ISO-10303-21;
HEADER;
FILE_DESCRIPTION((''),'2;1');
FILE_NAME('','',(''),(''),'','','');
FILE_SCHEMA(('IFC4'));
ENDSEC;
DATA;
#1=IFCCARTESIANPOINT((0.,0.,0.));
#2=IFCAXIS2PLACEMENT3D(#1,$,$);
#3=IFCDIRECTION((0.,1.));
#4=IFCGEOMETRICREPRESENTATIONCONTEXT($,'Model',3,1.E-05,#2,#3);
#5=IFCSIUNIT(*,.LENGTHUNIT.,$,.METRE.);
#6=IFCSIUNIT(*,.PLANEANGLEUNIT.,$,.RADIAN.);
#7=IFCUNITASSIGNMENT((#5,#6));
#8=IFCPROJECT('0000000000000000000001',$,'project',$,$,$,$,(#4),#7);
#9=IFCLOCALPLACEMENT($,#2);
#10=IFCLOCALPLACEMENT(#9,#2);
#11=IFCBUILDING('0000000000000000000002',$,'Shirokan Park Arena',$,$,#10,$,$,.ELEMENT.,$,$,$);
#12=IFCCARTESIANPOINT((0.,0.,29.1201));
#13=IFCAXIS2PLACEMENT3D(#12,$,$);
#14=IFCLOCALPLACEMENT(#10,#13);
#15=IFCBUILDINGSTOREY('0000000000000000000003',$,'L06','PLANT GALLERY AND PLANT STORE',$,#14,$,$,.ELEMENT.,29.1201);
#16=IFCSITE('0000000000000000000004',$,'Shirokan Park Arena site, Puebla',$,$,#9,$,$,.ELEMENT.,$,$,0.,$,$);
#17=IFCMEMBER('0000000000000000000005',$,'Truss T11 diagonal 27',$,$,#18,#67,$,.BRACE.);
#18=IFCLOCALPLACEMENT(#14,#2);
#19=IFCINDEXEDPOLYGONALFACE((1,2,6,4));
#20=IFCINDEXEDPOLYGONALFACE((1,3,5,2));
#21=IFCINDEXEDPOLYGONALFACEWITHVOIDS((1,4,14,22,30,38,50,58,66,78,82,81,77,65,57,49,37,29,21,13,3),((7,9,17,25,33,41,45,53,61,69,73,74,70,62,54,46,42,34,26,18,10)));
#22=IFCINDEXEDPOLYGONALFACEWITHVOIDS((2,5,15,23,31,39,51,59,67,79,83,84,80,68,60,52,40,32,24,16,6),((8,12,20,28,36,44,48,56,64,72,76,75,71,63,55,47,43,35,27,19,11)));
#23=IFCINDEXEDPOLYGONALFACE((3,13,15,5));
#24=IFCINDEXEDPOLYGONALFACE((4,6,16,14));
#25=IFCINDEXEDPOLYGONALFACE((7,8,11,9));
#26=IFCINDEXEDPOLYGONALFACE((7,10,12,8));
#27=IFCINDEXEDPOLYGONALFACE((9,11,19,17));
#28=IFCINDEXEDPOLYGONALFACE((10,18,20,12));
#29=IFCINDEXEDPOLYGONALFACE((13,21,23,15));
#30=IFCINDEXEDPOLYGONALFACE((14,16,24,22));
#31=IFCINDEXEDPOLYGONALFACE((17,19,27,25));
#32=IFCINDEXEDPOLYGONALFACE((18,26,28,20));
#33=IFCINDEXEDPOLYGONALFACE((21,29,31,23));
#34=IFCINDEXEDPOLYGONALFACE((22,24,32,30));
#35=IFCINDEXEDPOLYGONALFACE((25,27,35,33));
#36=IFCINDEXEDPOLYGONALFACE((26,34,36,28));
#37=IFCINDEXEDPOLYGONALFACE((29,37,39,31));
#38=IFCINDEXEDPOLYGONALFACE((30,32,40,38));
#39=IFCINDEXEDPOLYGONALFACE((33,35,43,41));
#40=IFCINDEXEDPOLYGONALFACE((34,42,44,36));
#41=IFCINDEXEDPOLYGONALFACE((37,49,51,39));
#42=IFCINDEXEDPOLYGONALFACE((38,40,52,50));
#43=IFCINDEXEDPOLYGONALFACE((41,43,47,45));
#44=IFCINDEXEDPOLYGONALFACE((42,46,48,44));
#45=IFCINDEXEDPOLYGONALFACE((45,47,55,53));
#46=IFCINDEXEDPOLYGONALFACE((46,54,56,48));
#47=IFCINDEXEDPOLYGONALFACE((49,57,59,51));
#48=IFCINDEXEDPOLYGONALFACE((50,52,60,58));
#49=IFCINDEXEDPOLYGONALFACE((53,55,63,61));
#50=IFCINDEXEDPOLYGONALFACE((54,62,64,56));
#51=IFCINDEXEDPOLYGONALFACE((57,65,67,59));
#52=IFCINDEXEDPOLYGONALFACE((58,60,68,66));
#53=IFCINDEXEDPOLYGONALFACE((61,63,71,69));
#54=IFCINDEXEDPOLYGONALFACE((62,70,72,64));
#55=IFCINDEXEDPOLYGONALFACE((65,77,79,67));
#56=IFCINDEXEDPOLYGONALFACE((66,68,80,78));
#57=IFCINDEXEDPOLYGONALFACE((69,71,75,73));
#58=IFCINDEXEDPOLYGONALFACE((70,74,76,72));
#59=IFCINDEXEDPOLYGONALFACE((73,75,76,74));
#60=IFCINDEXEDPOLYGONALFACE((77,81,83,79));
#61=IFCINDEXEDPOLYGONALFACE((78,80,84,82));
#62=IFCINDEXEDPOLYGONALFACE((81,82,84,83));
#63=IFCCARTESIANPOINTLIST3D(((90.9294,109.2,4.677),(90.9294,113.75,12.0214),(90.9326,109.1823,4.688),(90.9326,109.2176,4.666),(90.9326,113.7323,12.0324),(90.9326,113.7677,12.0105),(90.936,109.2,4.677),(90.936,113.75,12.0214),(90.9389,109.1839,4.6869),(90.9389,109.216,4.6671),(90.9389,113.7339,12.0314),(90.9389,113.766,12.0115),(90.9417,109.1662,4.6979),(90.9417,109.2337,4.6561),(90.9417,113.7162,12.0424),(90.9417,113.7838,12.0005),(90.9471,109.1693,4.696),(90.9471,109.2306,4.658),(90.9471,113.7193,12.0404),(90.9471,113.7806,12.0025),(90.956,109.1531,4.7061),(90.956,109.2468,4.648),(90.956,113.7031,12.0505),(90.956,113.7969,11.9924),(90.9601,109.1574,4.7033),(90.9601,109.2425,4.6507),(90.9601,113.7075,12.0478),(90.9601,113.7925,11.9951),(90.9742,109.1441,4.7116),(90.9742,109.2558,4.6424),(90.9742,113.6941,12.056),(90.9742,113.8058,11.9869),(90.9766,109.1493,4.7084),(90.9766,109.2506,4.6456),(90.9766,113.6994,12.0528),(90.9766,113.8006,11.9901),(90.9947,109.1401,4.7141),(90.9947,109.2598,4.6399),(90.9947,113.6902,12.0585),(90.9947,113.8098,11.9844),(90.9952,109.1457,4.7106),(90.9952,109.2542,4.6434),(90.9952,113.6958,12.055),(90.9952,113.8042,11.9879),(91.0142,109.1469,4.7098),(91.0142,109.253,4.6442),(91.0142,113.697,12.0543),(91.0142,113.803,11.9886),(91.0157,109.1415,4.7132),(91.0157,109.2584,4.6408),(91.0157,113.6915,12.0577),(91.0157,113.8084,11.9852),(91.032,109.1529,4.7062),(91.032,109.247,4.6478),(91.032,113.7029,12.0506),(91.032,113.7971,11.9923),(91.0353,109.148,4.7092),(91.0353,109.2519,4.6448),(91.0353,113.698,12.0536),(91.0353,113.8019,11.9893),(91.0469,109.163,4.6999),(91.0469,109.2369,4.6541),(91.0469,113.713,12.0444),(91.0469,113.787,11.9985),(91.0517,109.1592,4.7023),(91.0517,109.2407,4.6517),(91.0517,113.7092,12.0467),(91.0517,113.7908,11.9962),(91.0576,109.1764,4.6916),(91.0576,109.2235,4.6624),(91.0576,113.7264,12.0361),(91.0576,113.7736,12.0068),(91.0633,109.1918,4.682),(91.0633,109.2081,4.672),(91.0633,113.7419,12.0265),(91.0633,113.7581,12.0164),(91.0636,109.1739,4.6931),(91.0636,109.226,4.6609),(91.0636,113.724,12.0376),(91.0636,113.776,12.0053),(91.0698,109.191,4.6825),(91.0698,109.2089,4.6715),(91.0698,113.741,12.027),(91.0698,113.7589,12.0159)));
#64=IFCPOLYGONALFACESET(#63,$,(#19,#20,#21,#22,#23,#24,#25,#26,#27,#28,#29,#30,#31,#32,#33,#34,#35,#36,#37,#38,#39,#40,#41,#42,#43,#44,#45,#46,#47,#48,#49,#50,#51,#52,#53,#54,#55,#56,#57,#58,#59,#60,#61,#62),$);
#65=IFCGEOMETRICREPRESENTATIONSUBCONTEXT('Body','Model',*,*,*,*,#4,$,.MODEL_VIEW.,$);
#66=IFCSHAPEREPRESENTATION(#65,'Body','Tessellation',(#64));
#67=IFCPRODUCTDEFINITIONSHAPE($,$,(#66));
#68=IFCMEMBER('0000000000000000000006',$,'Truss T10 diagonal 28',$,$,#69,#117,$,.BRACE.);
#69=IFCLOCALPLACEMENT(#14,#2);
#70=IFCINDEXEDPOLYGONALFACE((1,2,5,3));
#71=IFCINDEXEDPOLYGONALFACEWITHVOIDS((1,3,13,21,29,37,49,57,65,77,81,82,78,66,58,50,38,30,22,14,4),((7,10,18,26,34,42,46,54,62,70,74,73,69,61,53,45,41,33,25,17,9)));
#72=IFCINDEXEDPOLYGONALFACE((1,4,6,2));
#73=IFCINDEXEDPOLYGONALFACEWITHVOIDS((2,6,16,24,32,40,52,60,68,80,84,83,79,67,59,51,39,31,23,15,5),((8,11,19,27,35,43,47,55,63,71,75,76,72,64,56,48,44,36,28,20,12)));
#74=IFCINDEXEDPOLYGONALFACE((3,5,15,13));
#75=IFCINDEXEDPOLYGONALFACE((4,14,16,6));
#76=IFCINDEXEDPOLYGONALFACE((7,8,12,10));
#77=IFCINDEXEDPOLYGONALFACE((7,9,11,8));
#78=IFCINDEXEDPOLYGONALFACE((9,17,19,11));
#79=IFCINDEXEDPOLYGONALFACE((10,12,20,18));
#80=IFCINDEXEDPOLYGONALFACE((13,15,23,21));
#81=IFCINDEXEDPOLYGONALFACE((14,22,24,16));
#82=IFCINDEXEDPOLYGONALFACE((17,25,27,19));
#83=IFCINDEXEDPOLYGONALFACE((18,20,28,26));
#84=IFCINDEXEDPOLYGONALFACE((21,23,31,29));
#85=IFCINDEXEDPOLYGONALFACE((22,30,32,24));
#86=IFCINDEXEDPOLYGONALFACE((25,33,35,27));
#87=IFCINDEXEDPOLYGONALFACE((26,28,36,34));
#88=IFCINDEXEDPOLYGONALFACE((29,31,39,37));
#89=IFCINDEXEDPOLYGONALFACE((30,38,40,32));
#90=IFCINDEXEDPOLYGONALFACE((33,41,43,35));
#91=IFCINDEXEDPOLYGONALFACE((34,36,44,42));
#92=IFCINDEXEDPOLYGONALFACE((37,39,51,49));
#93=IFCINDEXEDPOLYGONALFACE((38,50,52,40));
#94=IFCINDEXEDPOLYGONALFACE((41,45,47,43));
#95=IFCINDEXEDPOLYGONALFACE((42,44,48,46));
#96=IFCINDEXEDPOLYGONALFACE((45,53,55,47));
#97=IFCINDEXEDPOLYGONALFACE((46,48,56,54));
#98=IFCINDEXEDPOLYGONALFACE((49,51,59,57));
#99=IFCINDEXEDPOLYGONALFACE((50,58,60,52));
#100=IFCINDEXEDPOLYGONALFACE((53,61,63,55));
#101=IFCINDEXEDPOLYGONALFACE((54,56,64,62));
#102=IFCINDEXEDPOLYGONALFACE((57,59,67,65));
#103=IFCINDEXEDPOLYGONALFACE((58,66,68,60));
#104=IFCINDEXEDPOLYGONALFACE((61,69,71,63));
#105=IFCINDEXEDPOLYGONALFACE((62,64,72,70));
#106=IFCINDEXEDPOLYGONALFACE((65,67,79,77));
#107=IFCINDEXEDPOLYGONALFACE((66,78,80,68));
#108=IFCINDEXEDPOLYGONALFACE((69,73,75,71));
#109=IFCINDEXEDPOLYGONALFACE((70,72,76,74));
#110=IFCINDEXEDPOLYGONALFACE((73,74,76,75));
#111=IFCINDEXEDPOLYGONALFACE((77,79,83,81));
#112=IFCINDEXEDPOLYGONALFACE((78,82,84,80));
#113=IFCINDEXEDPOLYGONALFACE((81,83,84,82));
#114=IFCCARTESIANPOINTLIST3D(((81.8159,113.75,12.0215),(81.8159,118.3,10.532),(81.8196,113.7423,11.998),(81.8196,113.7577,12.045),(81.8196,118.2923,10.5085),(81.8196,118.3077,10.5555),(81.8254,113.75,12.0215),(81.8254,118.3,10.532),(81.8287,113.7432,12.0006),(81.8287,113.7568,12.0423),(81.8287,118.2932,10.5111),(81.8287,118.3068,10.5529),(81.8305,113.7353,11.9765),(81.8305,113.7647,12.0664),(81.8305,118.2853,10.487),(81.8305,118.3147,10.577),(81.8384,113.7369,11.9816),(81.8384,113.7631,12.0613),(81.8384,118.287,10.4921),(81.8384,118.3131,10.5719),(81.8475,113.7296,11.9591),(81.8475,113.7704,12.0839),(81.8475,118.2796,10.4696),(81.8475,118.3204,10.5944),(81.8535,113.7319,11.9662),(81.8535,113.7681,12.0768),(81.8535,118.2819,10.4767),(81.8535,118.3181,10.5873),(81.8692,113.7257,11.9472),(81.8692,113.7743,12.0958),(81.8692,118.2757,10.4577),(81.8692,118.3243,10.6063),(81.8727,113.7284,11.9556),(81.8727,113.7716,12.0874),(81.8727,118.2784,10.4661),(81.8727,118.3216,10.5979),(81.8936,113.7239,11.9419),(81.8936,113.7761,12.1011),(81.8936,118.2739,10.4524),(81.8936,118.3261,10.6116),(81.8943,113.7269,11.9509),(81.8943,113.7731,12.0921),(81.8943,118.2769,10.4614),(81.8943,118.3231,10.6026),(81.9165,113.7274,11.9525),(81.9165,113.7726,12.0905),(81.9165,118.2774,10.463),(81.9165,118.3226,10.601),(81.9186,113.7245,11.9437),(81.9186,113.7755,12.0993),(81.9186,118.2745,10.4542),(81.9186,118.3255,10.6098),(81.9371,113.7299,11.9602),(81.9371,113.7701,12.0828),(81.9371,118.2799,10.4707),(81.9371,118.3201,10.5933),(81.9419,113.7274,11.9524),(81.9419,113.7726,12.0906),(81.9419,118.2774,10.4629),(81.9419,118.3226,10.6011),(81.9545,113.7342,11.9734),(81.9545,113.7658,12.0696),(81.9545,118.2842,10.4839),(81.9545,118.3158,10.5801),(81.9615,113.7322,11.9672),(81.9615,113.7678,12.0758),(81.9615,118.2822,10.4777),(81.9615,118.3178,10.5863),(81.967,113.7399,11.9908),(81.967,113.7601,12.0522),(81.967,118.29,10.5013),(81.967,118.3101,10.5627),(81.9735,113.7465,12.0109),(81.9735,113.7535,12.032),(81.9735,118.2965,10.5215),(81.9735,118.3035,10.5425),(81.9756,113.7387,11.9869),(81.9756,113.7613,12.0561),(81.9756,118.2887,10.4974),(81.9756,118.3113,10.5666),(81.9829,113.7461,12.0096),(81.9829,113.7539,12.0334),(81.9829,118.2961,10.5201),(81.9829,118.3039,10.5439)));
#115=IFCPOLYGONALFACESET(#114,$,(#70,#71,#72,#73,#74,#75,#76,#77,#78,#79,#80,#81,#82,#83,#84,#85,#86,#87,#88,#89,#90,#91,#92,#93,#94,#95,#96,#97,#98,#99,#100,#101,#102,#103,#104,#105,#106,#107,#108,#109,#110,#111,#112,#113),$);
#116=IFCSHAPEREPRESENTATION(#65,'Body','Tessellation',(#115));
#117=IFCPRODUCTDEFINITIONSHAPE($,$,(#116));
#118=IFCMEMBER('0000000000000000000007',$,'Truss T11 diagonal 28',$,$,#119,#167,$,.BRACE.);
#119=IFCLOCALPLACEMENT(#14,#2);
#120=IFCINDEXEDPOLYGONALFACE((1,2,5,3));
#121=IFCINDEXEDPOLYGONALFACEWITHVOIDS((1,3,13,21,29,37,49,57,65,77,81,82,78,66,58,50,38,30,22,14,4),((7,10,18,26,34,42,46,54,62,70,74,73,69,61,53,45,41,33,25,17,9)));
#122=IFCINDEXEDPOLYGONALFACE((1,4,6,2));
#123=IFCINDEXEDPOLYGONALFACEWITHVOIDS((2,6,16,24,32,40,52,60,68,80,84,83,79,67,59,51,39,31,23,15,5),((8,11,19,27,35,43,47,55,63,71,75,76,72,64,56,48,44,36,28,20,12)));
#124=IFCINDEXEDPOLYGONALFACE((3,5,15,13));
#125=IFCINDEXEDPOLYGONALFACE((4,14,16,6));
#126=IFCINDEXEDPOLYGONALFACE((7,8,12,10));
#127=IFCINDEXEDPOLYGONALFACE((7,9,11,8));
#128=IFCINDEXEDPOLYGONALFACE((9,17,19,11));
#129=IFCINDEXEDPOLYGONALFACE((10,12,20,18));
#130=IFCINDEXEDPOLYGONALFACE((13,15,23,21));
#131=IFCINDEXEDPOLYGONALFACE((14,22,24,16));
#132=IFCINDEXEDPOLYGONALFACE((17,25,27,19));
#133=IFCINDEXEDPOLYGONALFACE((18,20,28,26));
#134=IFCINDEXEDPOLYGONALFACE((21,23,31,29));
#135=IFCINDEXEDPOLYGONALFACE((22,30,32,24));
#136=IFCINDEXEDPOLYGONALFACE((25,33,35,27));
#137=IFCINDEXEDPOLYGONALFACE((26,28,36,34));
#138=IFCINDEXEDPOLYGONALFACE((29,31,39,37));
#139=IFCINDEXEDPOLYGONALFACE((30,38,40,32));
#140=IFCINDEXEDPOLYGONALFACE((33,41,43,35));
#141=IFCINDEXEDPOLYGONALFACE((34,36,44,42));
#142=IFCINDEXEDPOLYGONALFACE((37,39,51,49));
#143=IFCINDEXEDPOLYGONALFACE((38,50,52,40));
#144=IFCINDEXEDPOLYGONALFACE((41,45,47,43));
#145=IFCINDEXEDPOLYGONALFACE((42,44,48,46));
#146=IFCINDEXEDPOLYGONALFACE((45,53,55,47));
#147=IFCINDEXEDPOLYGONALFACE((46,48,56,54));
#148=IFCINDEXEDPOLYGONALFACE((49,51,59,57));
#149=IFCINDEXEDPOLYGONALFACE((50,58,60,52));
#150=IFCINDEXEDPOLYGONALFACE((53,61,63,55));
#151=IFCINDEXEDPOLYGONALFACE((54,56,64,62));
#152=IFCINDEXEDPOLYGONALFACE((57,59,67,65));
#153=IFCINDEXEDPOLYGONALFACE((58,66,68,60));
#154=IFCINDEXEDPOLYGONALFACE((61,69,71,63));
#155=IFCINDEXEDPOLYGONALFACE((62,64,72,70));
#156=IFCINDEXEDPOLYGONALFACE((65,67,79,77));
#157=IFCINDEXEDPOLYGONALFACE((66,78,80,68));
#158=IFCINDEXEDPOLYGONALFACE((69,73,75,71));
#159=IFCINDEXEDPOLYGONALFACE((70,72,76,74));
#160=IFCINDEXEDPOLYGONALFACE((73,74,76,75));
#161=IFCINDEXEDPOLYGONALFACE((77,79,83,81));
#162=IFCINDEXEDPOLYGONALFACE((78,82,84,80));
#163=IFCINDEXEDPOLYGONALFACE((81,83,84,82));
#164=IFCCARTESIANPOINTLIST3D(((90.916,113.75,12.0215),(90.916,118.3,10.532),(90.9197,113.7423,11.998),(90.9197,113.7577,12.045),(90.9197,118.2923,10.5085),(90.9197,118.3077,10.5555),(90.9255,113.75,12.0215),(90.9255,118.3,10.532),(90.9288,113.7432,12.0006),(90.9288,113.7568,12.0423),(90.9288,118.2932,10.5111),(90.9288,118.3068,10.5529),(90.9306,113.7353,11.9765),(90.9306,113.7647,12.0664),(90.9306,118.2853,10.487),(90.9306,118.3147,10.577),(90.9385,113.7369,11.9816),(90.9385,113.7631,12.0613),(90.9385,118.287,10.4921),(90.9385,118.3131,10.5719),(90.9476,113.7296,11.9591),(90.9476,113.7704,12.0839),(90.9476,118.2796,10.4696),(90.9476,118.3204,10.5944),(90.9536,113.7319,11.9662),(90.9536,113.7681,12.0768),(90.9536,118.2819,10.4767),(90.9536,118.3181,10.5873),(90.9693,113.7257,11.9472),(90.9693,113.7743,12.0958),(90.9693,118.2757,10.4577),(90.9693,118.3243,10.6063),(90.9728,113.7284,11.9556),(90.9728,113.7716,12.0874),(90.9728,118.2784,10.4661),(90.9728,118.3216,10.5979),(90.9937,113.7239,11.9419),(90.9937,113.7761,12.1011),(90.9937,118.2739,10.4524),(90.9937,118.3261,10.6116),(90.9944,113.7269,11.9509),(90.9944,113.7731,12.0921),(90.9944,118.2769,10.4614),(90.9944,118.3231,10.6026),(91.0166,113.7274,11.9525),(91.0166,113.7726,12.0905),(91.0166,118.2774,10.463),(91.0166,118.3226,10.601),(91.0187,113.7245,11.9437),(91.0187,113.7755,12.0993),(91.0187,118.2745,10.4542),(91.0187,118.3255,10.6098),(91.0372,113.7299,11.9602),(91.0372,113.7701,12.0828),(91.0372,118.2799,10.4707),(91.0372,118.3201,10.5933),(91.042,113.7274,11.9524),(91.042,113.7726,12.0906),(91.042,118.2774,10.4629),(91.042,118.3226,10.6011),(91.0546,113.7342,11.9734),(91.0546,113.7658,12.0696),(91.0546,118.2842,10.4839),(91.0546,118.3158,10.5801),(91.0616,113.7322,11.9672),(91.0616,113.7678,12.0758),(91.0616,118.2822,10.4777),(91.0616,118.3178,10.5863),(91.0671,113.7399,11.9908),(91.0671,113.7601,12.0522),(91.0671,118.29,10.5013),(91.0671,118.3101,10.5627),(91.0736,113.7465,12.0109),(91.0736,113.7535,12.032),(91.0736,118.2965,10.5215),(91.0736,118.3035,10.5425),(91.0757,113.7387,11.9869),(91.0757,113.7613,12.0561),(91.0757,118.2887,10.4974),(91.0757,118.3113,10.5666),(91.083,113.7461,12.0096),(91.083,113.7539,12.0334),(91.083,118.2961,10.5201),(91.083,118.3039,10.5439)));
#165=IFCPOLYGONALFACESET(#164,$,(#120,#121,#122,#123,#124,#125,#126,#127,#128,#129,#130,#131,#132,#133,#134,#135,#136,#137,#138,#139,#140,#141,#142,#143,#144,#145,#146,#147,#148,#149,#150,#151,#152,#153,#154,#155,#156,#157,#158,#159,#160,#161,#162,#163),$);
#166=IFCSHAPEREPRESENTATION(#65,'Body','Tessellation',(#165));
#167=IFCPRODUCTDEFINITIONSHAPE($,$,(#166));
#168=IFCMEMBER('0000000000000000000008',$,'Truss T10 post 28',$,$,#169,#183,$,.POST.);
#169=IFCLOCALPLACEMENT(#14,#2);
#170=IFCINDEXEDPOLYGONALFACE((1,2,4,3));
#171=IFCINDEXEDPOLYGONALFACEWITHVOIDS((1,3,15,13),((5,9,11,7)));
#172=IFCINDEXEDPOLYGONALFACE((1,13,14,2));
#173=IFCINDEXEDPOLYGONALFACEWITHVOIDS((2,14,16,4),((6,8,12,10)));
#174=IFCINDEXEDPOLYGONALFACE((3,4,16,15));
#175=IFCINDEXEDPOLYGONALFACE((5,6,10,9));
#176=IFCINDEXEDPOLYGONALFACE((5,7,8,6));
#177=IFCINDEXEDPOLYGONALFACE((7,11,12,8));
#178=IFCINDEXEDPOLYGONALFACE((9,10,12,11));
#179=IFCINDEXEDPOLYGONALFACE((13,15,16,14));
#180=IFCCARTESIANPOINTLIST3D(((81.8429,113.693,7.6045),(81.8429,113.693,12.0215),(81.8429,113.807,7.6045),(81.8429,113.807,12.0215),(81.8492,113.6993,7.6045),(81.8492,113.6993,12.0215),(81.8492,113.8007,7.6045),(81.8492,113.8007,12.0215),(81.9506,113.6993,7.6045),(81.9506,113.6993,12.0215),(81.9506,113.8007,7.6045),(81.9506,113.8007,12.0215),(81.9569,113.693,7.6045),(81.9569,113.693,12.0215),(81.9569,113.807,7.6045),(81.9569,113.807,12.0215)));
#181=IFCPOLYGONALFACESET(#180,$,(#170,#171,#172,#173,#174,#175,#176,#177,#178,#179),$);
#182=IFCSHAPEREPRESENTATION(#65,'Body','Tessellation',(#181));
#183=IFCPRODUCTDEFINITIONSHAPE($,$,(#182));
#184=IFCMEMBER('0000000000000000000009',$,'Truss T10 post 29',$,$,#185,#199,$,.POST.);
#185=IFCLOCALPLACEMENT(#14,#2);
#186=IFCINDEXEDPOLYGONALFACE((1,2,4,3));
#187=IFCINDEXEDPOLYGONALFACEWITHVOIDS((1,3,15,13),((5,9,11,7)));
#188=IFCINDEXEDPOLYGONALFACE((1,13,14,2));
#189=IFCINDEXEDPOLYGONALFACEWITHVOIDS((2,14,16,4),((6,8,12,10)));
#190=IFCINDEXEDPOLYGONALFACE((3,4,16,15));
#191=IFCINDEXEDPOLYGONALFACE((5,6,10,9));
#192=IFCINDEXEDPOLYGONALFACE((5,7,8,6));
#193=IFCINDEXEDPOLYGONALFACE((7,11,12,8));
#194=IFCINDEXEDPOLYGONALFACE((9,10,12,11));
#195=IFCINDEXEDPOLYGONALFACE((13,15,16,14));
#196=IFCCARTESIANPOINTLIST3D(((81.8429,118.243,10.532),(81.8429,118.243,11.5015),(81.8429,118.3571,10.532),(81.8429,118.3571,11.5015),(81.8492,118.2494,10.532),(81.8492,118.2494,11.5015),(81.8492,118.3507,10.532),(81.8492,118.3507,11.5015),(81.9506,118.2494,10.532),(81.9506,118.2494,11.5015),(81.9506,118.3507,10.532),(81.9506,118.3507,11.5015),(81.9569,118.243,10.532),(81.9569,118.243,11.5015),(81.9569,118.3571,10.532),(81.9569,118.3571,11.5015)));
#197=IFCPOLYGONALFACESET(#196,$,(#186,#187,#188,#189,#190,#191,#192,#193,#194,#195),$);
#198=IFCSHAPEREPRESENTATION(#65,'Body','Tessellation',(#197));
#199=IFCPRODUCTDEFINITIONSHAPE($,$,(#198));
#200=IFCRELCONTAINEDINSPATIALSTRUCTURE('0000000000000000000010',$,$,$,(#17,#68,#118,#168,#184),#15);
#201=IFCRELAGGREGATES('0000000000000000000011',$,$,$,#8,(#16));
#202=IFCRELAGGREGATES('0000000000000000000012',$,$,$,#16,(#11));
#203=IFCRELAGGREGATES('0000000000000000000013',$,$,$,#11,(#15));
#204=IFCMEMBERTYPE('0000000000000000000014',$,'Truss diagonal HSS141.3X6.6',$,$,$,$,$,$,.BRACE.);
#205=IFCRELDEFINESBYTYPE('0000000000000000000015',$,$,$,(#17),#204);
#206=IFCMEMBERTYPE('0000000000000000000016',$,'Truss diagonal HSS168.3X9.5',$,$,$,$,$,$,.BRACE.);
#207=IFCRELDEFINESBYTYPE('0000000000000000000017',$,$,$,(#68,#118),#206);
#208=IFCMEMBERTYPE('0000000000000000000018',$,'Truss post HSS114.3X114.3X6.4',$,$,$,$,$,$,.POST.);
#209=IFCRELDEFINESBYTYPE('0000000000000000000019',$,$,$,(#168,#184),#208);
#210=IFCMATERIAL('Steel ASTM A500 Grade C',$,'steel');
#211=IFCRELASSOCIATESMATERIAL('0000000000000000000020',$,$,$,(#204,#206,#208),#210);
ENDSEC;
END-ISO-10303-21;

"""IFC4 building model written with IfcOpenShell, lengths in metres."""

from ifc_helpers import new_model, si_unit, direction, frame, origin, origin_2d, place, context, subcontext, project, spatial, hollow_rectangle, hollow_circle, extrude, material, material_profile, profile_set, type_object, element, save


model = new_model("IFC4")

# Units and contexts
model_context = context("Model", 3, precision=1e-05, world=origin(), true_north=direction((0.0, 1.0)))
body_context = subcontext(model_context, "Body", "Model", "MODEL_VIEW")
ifc_project = project(units=[si_unit("LENGTHUNIT", "METRE"), si_unit("PLANEANGLEUNIT", "RADIAN")], contexts=[model_context])

# Site, building, storey
site_placement = place(None, origin())
site = spatial("IfcSite", under=ifc_project, at=site_placement, Name="Shirokan Park Arena site, Puebla", CompositionType="ELEMENT", RefElevation=0.0)
building_placement = place(site_placement, origin())
building = spatial("IfcBuilding", under=site, at=building_placement, Name="Shirokan Park Arena", CompositionType="ELEMENT")
storey_placement = place(building_placement, frame((0.0, 0.0, 29.1201)))
storey = spatial("IfcBuildingStorey", under=building, at=storey_placement, Name="L06", Description="PLANT GALLERY AND PLANT STORE", CompositionType="ELEMENT", Elevation=29.1201)

# Shared definitions
ifc_material_1 = material(Name="Steel ASTM A500 Grade C", Category="steel")

# Members
ifc_material_profile_1 = material_profile(ifc_material_1, hollow_circle(Radius=0.0706, WallThickness=0.0066, at=origin_2d()), Name="HSS141.3X6.6")
ifc_profile_set_1 = profile_set([ifc_material_profile_1], Name="Steel ASTM A500 Grade C")
member_type_1 = type_object("IfcMemberType", Name="Truss diagonal HSS141.3X6.6", PredefinedType="BRACE", material=ifc_profile_set_1)
member_1_placement = place(storey_placement, frame((91.0, 109.2, 4.677), z_axis=(0.0, 0.526644, 0.850086), x_axis=(-1.0, 0.0, 0.0)))
element("IfcMember", 1, at=member_1_placement, inside=storey, type_object=member_type_1, Name="Truss T11 diagonal 27", PredefinedType="BRACE", context=body_context, shape_type="SweptSolid", body=[
    extrude(hollow_circle(Radius=0.0706, WallThickness=0.0066, at=origin_2d()), origin(), (0.0, 0.0, 1.0), 8.6396),
])
ifc_material_profile_2 = material_profile(ifc_material_1, hollow_circle(Radius=0.084, WallThickness=0.0095, at=origin_2d()), Name="HSS168.3X9.5")
ifc_profile_set_2 = profile_set([ifc_material_profile_2], Name="Steel ASTM A500 Grade C")
member_type_2 = type_object("IfcMemberType", Name="Truss diagonal HSS168.3X9.5", PredefinedType="BRACE", material=ifc_profile_set_2)
for number, where, z_axis, x_axis, name in (
    (2, (81.8999, 113.75, 12.0215), (0.0, 0.950373, -0.311114), (-1.0, 0.0, 0.0), "Truss T10 diagonal 28"),
    (3, (91.0, 113.75, 12.0215), (0.0, 0.950373, -0.311114), (-1.0, 0.0, 0.0), "Truss T11 diagonal 28"),
):
    element("IfcMember", number, at=place(storey_placement, frame(where, z_axis=z_axis, x_axis=x_axis)), inside=storey, type_object=member_type_2, Name=name, PredefinedType="BRACE", context=body_context, shape_type="SweptSolid", body=[
        extrude(hollow_circle(Radius=0.084, WallThickness=0.0095, at=origin_2d()), origin(), (0.0, 0.0, 1.0), 4.7876),
    ])
ifc_material_profile_3 = material_profile(ifc_material_1, hollow_rectangle(XDim=0.114, YDim=0.114, WallThickness=0.0063, at=origin_2d()), Name="HSS114.3X114.3X6.4")
ifc_profile_set_3 = profile_set([ifc_material_profile_3], Name="Steel ASTM A500 Grade C")
member_type_3 = type_object("IfcMemberType", Name="Truss post HSS114.3X114.3X6.4", PredefinedType="POST", material=ifc_profile_set_3)
member_2_placement = place(storey_placement, frame((81.8999, 113.75, 7.6045), z_axis=(0.0, 0.0, 1.0), x_axis=(1.0, 0.0, 0.0)))
element("IfcMember", 4, at=member_2_placement, inside=storey, type_object=member_type_3, Name="Truss T10 post 28", PredefinedType="POST", context=body_context, shape_type="SweptSolid", body=[
    extrude(hollow_rectangle(XDim=0.114, YDim=0.114, WallThickness=0.0063, at=origin_2d()), origin(), (0.0, 0.0, 1.0), 4.417),
])
member_3_placement = place(storey_placement, frame((81.8999, 118.3, 10.532), z_axis=(0.0, 0.0, 1.0), x_axis=(1.0, 0.0, 0.0)))
element("IfcMember", 5, at=member_3_placement, inside=storey, type_object=member_type_3, Name="Truss T10 post 29", PredefinedType="POST", context=body_context, shape_type="SweptSolid", body=[
    extrude(hollow_rectangle(XDim=0.114, YDim=0.114, WallThickness=0.0063, at=origin_2d()), origin(), (0.0, 0.0, 1.0), 0.9695),
])

save(model, "model.ifc")
